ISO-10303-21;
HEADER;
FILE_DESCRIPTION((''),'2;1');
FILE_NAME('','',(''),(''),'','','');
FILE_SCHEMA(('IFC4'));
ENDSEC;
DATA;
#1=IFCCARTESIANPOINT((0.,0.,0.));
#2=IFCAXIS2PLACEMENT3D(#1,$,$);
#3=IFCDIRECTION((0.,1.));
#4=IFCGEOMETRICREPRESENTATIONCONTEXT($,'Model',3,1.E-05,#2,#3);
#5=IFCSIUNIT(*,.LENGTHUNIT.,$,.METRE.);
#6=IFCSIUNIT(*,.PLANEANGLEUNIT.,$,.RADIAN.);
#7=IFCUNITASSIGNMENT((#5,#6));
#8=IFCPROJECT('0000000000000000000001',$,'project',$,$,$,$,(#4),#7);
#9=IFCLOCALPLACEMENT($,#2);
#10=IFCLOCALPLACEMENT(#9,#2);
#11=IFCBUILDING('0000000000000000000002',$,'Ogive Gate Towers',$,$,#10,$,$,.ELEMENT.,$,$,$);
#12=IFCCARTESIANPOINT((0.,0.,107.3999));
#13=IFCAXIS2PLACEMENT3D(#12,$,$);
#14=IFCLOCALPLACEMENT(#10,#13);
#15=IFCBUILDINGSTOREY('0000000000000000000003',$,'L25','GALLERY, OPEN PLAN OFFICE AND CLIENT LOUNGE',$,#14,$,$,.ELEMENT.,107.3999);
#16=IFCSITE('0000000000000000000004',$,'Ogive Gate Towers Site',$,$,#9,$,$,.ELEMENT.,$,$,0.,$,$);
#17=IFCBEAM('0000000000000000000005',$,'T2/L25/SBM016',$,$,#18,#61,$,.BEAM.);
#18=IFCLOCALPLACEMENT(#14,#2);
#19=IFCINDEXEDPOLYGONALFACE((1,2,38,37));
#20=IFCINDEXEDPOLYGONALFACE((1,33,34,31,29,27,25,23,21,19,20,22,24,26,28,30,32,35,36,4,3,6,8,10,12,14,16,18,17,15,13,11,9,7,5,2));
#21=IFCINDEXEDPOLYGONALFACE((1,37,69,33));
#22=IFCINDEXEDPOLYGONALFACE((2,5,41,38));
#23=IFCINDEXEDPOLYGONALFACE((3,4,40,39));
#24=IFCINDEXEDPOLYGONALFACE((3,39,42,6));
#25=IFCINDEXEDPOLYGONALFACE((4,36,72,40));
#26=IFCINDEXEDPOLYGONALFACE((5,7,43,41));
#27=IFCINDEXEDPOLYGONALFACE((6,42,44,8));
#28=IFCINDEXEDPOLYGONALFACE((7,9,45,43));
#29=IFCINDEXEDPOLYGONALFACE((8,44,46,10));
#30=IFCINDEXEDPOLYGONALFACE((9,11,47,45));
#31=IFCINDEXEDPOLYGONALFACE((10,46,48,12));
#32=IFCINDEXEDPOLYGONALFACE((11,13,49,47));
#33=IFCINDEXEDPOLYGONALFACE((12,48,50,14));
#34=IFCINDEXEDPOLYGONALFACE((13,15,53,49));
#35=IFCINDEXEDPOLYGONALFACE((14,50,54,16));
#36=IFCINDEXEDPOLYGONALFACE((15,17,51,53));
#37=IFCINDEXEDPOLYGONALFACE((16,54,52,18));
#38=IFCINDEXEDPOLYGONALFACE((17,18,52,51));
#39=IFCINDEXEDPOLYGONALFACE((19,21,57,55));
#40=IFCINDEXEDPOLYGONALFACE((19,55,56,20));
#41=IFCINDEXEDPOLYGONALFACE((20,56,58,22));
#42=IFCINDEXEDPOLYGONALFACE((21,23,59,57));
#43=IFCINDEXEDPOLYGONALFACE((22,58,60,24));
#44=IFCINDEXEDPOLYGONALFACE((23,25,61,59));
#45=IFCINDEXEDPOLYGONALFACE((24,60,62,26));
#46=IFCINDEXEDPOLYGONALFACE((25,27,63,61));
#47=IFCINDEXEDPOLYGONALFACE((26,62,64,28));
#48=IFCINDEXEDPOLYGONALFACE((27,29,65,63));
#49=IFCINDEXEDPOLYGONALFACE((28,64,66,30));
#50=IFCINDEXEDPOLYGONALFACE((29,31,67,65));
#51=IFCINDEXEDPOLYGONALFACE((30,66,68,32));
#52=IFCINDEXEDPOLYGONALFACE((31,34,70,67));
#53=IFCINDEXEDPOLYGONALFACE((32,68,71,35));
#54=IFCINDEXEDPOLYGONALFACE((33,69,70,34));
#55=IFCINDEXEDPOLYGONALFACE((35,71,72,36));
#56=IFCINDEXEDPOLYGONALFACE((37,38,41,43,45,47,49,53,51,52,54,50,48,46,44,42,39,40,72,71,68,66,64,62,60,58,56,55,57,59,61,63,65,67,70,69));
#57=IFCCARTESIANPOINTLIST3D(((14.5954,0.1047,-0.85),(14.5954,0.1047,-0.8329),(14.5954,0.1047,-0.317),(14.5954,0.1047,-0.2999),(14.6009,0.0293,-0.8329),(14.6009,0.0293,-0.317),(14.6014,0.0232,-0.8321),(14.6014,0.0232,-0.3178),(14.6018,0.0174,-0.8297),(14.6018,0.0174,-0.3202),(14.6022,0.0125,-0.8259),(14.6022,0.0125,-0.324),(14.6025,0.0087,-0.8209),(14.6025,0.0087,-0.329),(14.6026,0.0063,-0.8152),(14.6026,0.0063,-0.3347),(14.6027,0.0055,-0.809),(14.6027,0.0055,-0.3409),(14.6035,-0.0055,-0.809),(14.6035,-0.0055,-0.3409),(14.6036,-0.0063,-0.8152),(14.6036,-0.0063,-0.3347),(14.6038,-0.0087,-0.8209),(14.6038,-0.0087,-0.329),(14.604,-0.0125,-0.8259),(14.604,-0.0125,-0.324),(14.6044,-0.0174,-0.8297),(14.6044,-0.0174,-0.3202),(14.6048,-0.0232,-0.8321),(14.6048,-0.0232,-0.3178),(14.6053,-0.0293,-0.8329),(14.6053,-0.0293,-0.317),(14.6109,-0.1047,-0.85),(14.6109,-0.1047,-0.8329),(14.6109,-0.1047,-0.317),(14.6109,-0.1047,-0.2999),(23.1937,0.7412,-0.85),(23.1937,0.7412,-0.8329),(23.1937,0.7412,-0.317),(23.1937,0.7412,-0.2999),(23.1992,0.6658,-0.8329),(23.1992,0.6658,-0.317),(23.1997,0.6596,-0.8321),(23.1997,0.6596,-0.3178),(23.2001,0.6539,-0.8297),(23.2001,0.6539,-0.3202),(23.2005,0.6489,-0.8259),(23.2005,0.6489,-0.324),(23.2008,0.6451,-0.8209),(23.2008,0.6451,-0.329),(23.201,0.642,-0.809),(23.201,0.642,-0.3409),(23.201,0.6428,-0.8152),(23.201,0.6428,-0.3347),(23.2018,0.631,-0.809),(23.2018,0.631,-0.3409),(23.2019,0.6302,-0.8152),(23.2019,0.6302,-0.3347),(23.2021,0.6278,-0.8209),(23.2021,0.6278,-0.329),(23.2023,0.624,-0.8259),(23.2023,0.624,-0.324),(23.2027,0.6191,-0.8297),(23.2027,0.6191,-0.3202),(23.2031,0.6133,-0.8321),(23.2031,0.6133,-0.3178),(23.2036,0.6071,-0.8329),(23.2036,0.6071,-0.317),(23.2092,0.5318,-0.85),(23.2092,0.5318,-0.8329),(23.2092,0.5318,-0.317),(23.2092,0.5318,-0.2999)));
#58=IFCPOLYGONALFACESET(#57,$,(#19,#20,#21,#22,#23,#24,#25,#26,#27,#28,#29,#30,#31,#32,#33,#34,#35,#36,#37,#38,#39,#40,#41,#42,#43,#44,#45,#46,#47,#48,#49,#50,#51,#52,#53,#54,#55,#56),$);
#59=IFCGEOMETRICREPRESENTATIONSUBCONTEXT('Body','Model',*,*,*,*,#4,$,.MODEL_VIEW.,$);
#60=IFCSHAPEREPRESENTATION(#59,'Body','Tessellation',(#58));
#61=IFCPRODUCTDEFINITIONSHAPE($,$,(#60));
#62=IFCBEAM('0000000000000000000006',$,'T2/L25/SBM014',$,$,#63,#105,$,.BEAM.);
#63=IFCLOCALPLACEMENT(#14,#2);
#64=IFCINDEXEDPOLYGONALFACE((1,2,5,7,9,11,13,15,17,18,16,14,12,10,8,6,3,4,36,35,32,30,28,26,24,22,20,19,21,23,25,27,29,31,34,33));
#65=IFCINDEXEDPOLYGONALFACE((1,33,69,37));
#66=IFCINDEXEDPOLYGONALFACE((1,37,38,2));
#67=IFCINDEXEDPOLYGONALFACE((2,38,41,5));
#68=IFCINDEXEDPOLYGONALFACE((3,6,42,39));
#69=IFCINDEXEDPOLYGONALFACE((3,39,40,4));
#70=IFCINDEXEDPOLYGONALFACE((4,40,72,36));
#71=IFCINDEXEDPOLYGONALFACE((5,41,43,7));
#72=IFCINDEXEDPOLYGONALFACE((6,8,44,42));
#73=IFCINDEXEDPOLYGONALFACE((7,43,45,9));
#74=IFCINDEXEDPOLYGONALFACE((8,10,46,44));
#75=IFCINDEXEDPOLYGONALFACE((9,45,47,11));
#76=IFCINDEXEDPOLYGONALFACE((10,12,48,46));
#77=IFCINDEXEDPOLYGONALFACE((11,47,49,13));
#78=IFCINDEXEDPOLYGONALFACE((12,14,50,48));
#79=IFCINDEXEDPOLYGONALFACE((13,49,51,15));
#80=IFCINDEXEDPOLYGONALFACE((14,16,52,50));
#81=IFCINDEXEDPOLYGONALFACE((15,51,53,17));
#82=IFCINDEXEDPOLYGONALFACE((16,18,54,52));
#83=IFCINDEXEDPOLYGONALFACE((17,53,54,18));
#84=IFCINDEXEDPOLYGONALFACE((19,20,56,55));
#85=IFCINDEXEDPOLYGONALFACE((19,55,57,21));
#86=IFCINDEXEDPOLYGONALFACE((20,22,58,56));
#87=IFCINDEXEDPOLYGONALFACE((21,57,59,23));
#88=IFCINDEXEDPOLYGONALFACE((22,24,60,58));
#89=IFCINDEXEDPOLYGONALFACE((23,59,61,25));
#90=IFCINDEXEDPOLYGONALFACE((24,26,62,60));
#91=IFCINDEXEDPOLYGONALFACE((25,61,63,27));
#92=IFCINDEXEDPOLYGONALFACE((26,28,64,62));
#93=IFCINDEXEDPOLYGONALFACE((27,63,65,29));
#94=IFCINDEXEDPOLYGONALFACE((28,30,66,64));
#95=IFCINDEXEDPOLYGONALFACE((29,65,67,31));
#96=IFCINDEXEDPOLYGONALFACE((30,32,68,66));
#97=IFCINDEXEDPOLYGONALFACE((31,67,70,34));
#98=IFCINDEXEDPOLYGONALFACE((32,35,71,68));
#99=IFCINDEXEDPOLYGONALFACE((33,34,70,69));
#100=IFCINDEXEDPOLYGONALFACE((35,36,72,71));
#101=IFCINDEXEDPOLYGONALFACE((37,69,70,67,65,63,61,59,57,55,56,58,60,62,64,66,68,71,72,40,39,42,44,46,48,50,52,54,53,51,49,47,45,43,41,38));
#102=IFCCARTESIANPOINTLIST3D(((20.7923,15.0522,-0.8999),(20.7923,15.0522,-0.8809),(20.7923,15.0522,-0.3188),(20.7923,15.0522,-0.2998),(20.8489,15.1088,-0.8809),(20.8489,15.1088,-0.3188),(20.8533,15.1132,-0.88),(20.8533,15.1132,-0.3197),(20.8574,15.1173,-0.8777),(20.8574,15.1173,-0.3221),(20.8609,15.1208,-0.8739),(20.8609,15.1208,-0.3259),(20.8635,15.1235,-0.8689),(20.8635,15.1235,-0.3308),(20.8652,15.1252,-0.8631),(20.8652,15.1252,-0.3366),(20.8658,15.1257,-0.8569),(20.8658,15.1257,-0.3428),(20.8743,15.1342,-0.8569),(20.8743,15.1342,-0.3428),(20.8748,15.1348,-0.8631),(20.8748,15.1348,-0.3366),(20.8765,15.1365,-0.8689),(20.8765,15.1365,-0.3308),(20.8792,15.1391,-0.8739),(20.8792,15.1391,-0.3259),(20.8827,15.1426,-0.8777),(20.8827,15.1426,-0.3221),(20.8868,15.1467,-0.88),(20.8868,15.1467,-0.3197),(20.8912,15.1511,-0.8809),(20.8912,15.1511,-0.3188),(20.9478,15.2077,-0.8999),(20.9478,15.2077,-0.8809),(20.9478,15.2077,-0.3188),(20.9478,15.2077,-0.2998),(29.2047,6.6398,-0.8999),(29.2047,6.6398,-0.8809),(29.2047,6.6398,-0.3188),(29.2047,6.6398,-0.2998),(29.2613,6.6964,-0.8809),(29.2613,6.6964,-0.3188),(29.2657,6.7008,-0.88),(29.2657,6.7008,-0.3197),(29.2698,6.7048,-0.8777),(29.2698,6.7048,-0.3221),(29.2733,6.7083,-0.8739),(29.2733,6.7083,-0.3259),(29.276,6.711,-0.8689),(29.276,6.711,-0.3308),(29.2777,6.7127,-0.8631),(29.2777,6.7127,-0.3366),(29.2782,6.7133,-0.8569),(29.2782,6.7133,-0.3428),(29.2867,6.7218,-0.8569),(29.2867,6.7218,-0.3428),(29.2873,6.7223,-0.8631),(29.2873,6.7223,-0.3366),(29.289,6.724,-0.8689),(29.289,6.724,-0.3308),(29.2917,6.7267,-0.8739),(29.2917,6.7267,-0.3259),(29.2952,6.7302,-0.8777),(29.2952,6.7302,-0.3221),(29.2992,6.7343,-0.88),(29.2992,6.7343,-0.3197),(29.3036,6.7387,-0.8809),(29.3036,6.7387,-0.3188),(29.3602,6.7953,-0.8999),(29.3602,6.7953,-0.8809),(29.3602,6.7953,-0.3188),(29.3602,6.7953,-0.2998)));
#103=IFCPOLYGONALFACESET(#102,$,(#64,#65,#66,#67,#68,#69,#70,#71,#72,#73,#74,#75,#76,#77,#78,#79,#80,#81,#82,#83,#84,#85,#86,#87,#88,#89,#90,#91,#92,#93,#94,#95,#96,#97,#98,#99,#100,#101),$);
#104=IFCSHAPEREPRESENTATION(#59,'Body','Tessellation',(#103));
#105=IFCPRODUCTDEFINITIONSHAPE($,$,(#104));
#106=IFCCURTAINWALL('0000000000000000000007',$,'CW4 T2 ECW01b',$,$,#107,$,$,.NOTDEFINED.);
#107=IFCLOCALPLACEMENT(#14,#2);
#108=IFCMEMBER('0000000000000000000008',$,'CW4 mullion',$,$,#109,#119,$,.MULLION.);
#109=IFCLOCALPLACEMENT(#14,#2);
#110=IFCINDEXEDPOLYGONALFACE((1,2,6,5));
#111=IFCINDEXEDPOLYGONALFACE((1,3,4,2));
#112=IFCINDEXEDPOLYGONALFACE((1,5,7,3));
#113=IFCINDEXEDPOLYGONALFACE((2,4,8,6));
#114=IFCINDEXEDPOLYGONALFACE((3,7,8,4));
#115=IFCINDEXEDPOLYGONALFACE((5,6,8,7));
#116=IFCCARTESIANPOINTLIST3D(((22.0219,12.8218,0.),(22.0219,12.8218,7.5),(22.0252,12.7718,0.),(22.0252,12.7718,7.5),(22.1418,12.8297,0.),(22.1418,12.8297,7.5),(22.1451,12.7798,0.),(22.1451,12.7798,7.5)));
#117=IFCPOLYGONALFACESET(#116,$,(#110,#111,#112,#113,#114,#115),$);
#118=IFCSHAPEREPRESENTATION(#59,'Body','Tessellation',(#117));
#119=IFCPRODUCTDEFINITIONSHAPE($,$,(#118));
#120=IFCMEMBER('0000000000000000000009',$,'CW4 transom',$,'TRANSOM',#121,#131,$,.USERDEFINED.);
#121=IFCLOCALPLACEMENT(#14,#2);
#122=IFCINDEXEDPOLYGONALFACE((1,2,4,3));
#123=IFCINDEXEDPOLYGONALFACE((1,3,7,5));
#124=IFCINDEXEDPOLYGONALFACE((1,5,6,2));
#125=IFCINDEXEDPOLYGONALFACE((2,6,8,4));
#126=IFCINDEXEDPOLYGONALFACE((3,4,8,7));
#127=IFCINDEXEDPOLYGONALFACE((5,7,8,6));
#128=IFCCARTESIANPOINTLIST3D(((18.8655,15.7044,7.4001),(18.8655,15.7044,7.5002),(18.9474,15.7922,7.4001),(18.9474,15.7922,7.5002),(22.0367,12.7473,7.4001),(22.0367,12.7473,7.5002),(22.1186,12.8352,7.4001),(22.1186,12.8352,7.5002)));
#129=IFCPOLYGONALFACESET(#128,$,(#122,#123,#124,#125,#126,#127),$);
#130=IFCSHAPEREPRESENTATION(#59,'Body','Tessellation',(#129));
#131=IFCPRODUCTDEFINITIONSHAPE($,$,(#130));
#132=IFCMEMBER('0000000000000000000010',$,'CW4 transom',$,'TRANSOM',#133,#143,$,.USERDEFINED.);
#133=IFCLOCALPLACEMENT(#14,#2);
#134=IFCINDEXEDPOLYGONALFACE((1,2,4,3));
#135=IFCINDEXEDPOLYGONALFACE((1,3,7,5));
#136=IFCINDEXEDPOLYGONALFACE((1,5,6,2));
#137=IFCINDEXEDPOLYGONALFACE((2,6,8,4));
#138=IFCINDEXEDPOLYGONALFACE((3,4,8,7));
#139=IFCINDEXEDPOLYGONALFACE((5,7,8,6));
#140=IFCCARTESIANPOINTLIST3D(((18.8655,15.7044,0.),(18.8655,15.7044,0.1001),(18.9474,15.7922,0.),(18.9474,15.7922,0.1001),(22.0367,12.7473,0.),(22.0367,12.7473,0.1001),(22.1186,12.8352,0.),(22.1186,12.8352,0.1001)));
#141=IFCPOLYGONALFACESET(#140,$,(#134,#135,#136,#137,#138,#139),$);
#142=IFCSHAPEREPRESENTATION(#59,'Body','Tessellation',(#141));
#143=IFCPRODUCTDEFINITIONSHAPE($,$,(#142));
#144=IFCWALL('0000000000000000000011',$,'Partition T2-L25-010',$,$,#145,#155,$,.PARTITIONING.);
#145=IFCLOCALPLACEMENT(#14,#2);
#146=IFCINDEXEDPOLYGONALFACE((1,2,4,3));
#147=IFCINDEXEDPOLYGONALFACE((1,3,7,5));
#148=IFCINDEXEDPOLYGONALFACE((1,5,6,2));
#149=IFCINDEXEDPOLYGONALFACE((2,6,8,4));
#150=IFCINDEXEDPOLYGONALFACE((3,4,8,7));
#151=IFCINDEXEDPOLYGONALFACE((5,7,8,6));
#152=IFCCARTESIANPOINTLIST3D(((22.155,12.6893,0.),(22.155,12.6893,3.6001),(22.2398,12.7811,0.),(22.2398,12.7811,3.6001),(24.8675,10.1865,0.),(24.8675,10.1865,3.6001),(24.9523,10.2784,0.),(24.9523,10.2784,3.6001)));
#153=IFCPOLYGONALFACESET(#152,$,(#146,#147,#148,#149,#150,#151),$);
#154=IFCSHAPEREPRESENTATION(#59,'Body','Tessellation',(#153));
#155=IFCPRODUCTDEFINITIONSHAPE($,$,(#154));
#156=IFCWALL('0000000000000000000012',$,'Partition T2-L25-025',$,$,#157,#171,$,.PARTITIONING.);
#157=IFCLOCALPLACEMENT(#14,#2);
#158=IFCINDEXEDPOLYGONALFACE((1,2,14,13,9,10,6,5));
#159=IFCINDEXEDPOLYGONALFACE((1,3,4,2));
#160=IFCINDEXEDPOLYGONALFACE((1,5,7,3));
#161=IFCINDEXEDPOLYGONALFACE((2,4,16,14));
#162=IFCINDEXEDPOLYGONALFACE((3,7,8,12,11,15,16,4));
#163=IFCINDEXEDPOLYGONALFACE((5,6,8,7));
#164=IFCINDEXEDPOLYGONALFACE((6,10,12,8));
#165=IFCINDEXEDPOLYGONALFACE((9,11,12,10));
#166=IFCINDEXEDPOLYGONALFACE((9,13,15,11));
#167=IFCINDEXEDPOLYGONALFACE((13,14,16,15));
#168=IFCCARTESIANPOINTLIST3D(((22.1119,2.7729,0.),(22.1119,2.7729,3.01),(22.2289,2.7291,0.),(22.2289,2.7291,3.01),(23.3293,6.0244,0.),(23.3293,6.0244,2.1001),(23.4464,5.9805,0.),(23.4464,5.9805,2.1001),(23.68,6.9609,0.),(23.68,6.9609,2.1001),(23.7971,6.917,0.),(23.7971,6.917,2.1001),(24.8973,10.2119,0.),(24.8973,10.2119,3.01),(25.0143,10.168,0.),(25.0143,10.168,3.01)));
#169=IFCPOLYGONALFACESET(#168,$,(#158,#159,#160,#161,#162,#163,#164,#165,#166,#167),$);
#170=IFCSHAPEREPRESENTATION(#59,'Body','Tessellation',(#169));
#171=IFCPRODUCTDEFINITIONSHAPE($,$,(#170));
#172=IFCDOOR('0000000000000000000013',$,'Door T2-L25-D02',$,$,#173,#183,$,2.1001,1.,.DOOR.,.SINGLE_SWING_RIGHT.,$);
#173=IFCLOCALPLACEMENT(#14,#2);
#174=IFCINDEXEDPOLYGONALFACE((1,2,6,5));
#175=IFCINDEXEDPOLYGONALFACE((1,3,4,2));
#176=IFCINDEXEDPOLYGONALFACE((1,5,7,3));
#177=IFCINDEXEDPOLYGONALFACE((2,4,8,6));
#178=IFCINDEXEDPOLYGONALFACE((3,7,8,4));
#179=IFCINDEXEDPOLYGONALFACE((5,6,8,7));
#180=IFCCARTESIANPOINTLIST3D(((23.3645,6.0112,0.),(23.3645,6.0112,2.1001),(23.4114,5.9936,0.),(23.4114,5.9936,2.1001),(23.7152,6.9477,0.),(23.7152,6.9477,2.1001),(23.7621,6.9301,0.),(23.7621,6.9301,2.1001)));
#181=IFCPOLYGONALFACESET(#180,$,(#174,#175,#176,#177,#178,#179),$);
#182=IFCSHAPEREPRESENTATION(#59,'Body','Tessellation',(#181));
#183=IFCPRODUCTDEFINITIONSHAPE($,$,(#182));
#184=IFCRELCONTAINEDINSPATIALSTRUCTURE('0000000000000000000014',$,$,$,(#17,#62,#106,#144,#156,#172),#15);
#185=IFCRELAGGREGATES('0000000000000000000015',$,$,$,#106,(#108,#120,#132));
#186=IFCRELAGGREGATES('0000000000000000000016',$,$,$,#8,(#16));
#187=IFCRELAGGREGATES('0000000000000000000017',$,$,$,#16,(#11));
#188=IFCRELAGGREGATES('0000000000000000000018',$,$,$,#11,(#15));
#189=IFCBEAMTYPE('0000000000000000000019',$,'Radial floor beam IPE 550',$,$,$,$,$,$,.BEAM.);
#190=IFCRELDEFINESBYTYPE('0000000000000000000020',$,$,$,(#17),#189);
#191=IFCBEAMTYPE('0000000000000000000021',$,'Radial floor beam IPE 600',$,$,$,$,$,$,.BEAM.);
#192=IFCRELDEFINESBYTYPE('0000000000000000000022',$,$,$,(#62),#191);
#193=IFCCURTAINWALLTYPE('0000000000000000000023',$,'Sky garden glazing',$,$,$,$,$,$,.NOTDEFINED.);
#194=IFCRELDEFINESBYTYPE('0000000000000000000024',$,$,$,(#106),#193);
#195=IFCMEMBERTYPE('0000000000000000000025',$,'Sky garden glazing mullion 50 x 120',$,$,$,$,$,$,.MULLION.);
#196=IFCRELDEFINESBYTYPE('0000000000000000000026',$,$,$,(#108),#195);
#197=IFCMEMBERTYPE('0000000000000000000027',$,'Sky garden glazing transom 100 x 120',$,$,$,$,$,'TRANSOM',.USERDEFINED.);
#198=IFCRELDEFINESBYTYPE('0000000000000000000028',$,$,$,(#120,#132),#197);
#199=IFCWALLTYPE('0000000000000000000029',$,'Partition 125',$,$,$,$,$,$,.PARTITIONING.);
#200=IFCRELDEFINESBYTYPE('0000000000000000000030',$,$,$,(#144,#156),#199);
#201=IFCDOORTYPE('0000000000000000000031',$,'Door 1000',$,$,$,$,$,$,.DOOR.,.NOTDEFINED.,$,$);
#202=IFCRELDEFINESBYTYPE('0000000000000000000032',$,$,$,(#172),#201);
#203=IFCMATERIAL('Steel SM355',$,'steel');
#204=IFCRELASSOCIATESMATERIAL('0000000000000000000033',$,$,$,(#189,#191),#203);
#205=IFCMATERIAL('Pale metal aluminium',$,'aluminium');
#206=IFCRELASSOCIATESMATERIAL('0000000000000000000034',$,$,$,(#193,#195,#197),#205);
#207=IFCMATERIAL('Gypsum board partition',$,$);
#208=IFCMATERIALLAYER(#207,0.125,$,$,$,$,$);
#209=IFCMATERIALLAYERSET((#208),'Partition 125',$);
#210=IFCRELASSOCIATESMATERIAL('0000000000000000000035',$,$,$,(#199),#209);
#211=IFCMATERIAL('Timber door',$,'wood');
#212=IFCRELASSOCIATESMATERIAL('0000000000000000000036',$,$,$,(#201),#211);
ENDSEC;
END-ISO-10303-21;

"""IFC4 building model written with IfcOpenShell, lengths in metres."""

from ifc_helpers import new_model, si_unit, direction, frame, frame_2d, origin, origin_2d, place, context, subcontext, project, spatial, rectangle, i_section, extrude, material, layer, layer_set, material_profile, profile_set, type_object, element, fill, aggregate, save


model = new_model("IFC4")

# Units and contexts
model_context = context("Model", 3, precision=1e-05, world=origin(), true_north=direction((0.0, 1.0)))
body_context = subcontext(model_context, "Body", "Model", "MODEL_VIEW")
ifc_project = project(units=[si_unit("LENGTHUNIT", "METRE"), si_unit("PLANEANGLEUNIT", "RADIAN")], contexts=[model_context])

# Site, building, storey
site_placement = place(None, origin())
site = spatial("IfcSite", under=ifc_project, at=site_placement, Name="Ogive Gate Towers Site", CompositionType="ELEMENT", RefElevation=0.0)
building_placement = place(site_placement, origin())
building = spatial("IfcBuilding", under=site, at=building_placement, Name="Ogive Gate Towers", CompositionType="ELEMENT")
storey_placement = place(building_placement, frame((0.0, 0.0, 107.3999)))
storey = spatial("IfcBuildingStorey", under=building, at=storey_placement, Name="L25", Description="GALLERY, OPEN PLAN OFFICE AND CLIENT LOUNGE", CompositionType="ELEMENT", Elevation=107.3999)

# Beams
ifc_material_1 = material(Name="Steel SM355", Category="steel")
ifc_material_profile_1 = material_profile(ifc_material_1, i_section(OverallWidth=0.21, OverallDepth=0.55, WebThickness=0.011, FlangeThickness=0.0171, FilletRadius=0.0239, at=origin_2d()), Name="IPE 550")
ifc_profile_set_1 = profile_set([ifc_material_profile_1], Name="Steel SM355")
beam_type_1 = type_object("IfcBeamType", Name="Radial floor beam IPE 550", PredefinedType="BEAM", material=ifc_profile_set_1)
for number, where, z_axis, x_axis, name in (
    (1, (23.2014, 0.6365, -0.575), (-0.997272, -0.073821, 0.0), (0.073821, -0.997272, 0.0), "T2/L25/SBM016"),
):
    element("IfcBeam", number, at=place(storey_placement, frame(where, z_axis=z_axis, x_axis=x_axis)), inside=storey, type_object=beam_type_1, Name=name, PredefinedType="BEAM", context=body_context, shape_type="SweptSolid", body=[
        extrude(i_section(OverallWidth=0.21, OverallDepth=0.55, WebThickness=0.011, FlangeThickness=0.0171, FilletRadius=0.0239, at=origin_2d()), origin(), (0.0, 0.0, 1.0), 8.6218),
    ])
ifc_material_profile_2 = material_profile(ifc_material_1, i_section(OverallWidth=0.22, OverallDepth=0.6001, WebThickness=0.012, FlangeThickness=0.019, FilletRadius=0.0239, at=origin_2d()), Name="IPE 600")
ifc_profile_set_2 = profile_set([ifc_material_profile_2], Name="Steel SM355")
beam_type_2 = type_object("IfcBeamType", Name="Radial floor beam IPE 600", PredefinedType="BEAM", material=ifc_profile_set_2)
beam_1_placement = place(storey_placement, frame((29.2825, 6.7175, -0.5999), z_axis=(-0.707107, 0.707107, 0.0), x_axis=(-0.707107, -0.707107, 0.0)))
element("IfcBeam", 2, at=beam_1_placement, inside=storey, type_object=beam_type_2, Name="T2/L25/SBM014", PredefinedType="BEAM", context=body_context, shape_type="SweptSolid", body=[
    extrude(i_section(OverallWidth=0.22, OverallDepth=0.6001, WebThickness=0.012, FlangeThickness=0.019, FilletRadius=0.0239, at=origin_2d()), origin(), (0.0, 0.0, 1.0), 11.897),
])

# Curtain wall, members
ifc_material_2 = material(Name="Pale metal aluminium", Category="aluminium")
curtain_wall_type = type_object("IfcCurtainWallType", Name="Sky garden glazing", PredefinedType="NOTDEFINED", material=ifc_material_2)
curtain_wall_placement = place(storey_placement, origin())
curtain_wall = element("IfcCurtainWall", 3, at=curtain_wall_placement, inside=storey, type_object=curtain_wall_type, Name="CW4 T2 ECW01b", PredefinedType="NOTDEFINED")
ifc_material_profile_3 = material_profile(ifc_material_2, rectangle(XDim=0.1201, YDim=0.05, at=origin_2d()), Name="50 x 120 aluminium box")
ifc_profile_set_3 = profile_set([ifc_material_profile_3], Name="Pale metal aluminium")
member_type_1 = type_object("IfcMemberType", Name="Sky garden glazing mullion 50 x 120", PredefinedType="MULLION", material=ifc_profile_set_3)
member_1_placement = place(storey_placement, frame((22.0835, 12.8008, 0.0), z_axis=(0.0, 0.0, 1.0), x_axis=(0.997786, 0.0665, 0.0)))
member_1 = element("IfcMember", 4, at=member_1_placement, type_object=member_type_1, Name="CW4 mullion", PredefinedType="MULLION", context=body_context, shape_type="SweptSolid", body=[
    extrude(rectangle(XDim=0.1201, YDim=0.05, at=origin_2d()), origin(), (0.0, 0.0, 1.0), 7.5),
])
ifc_material_profile_4 = material_profile(ifc_material_2, rectangle(XDim=0.1201, YDim=0.1001, at=origin_2d()), Name="100 x 120 aluminium box")
ifc_profile_set_4 = profile_set([ifc_material_profile_4], Name="Pale metal aluminium")
member_type_2 = type_object("IfcMemberType", Name="Sky garden glazing transom 100 x 120", ElementType="TRANSOM", PredefinedType="USERDEFINED", material=ifc_profile_set_4)
member_2_placement = place(storey_placement, frame((22.0776, 12.7913, 7.4502), z_axis=(-0.731366, 0.681985, 0.0), x_axis=(-0.681985, -0.731366, 0.0)))
member_2 = element("IfcMember", 5, at=member_2_placement, type_object=member_type_2, Name="CW4 transom", ObjectType="TRANSOM", PredefinedType="USERDEFINED", context=body_context, shape_type="SweptSolid", body=[
    extrude(rectangle(XDim=0.1201, YDim=0.1001, at=origin_2d()), origin(), (0.0, 0.0, 1.0), 4.3359),
])
member_3_placement = place(storey_placement, frame((22.0776, 12.7913, 0.05), z_axis=(-0.731366, 0.681985, 0.0), x_axis=(-0.681985, -0.731366, 0.0)))
member_3 = element("IfcMember", 6, at=member_3_placement, type_object=member_type_2, Name="CW4 transom", ObjectType="TRANSOM", PredefinedType="USERDEFINED", context=body_context, shape_type="SweptSolid", body=[
    extrude(rectangle(XDim=0.1201, YDim=0.1001, at=origin_2d()), origin(), (0.0, 0.0, 1.0), 4.3359),
])
aggregate(curtain_wall, [member_1, member_2, member_3])

# Wall
ifc_material_3 = material(Name="Gypsum board partition")
ifc_layer_1 = layer(ifc_material_3, 0.125)
ifc_layer_set_1 = layer_set([ifc_layer_1], Name="Partition 125")
wall_type_1 = type_object("IfcWallType", Name="Partition 125", PredefinedType="PARTITIONING", material=ifc_layer_set_1)
wall_1_placement = place(storey_placement, frame((22.1975, 12.7351, 0.0), z_axis=(0.0, 0.0, 1.0), x_axis=(0.734948, -0.678123, 0.0)))
element("IfcWall", 7, at=wall_1_placement, inside=storey, type_object=wall_type_1, Name="Partition T2-L25-010", PredefinedType="PARTITIONING", context=body_context, shape_type="SweptSolid", body=[
    extrude(rectangle(XDim=3.6907, YDim=0.125, at=frame_2d((1.8452, 0.0))), origin(), (0.0, 0.0, 1.0), 3.6001),
])

# Wall, opening, door
wall_2_placement = place(storey_placement, frame((22.1704, 2.751, 0.0), z_axis=(0.0, 0.0, 1.0), x_axis=(0.350659, 0.936503, 0.0)))
wall_2 = element("IfcWall", 8, at=wall_2_placement, inside=storey, type_object=wall_type_1, Name="Partition T2-L25-025", PredefinedType="PARTITIONING", context=body_context, shape_type="SweptSolid", body=[
    extrude(rectangle(XDim=7.9434, YDim=0.125, at=frame_2d((3.9717, 0.0))), origin(), (0.0, 0.0, 1.0), 3.01),
])
opening_1_placement = place(wall_2_placement, frame((3.4719, 0.0, 0.0)))
opening_1 = element("IfcOpeningElement", 9, at=opening_1_placement, cuts=wall_2, PredefinedType="OPENING", context=body_context, shape_type="SweptSolid", body=[
    extrude(rectangle(XDim=1.0, YDim=2.1001, at=frame_2d((0.5, 1.05))), frame((0.0, 0.0725, 0.0), z_axis=(0.0, -1.0, 0.0), x_axis=(1.0, 0.0, 0.0)), (0.0, 0.0, 1.0), 0.145),
])
ifc_material_4 = material(Name="Timber door", Category="wood")
door_type_1 = type_object("IfcDoorType", Name="Door 1000", OperationType="NOTDEFINED", PredefinedType="DOOR", material=ifc_material_4)
door_1_placement = place(opening_1_placement, origin())
door_1 = element("IfcDoor", 10, at=door_1_placement, inside=storey, type_object=door_type_1, Name="Door T2-L25-D02", OperationType="SINGLE_SWING_RIGHT", OverallHeight=2.1001, OverallWidth=1.0, PredefinedType="DOOR", context=body_context, shape_type="SweptSolid", body=[
    extrude(rectangle(XDim=1.0, YDim=2.1001, at=frame_2d((0.5, 1.05))), frame((0.0, 0.0249, 0.0), z_axis=(0.0, -1.0, 0.0), x_axis=(1.0, 0.0, 0.0)), (0.0, 0.0, 1.0), 0.05),
])
fill(opening_1, door_1)

save(model, "model.ifc")
